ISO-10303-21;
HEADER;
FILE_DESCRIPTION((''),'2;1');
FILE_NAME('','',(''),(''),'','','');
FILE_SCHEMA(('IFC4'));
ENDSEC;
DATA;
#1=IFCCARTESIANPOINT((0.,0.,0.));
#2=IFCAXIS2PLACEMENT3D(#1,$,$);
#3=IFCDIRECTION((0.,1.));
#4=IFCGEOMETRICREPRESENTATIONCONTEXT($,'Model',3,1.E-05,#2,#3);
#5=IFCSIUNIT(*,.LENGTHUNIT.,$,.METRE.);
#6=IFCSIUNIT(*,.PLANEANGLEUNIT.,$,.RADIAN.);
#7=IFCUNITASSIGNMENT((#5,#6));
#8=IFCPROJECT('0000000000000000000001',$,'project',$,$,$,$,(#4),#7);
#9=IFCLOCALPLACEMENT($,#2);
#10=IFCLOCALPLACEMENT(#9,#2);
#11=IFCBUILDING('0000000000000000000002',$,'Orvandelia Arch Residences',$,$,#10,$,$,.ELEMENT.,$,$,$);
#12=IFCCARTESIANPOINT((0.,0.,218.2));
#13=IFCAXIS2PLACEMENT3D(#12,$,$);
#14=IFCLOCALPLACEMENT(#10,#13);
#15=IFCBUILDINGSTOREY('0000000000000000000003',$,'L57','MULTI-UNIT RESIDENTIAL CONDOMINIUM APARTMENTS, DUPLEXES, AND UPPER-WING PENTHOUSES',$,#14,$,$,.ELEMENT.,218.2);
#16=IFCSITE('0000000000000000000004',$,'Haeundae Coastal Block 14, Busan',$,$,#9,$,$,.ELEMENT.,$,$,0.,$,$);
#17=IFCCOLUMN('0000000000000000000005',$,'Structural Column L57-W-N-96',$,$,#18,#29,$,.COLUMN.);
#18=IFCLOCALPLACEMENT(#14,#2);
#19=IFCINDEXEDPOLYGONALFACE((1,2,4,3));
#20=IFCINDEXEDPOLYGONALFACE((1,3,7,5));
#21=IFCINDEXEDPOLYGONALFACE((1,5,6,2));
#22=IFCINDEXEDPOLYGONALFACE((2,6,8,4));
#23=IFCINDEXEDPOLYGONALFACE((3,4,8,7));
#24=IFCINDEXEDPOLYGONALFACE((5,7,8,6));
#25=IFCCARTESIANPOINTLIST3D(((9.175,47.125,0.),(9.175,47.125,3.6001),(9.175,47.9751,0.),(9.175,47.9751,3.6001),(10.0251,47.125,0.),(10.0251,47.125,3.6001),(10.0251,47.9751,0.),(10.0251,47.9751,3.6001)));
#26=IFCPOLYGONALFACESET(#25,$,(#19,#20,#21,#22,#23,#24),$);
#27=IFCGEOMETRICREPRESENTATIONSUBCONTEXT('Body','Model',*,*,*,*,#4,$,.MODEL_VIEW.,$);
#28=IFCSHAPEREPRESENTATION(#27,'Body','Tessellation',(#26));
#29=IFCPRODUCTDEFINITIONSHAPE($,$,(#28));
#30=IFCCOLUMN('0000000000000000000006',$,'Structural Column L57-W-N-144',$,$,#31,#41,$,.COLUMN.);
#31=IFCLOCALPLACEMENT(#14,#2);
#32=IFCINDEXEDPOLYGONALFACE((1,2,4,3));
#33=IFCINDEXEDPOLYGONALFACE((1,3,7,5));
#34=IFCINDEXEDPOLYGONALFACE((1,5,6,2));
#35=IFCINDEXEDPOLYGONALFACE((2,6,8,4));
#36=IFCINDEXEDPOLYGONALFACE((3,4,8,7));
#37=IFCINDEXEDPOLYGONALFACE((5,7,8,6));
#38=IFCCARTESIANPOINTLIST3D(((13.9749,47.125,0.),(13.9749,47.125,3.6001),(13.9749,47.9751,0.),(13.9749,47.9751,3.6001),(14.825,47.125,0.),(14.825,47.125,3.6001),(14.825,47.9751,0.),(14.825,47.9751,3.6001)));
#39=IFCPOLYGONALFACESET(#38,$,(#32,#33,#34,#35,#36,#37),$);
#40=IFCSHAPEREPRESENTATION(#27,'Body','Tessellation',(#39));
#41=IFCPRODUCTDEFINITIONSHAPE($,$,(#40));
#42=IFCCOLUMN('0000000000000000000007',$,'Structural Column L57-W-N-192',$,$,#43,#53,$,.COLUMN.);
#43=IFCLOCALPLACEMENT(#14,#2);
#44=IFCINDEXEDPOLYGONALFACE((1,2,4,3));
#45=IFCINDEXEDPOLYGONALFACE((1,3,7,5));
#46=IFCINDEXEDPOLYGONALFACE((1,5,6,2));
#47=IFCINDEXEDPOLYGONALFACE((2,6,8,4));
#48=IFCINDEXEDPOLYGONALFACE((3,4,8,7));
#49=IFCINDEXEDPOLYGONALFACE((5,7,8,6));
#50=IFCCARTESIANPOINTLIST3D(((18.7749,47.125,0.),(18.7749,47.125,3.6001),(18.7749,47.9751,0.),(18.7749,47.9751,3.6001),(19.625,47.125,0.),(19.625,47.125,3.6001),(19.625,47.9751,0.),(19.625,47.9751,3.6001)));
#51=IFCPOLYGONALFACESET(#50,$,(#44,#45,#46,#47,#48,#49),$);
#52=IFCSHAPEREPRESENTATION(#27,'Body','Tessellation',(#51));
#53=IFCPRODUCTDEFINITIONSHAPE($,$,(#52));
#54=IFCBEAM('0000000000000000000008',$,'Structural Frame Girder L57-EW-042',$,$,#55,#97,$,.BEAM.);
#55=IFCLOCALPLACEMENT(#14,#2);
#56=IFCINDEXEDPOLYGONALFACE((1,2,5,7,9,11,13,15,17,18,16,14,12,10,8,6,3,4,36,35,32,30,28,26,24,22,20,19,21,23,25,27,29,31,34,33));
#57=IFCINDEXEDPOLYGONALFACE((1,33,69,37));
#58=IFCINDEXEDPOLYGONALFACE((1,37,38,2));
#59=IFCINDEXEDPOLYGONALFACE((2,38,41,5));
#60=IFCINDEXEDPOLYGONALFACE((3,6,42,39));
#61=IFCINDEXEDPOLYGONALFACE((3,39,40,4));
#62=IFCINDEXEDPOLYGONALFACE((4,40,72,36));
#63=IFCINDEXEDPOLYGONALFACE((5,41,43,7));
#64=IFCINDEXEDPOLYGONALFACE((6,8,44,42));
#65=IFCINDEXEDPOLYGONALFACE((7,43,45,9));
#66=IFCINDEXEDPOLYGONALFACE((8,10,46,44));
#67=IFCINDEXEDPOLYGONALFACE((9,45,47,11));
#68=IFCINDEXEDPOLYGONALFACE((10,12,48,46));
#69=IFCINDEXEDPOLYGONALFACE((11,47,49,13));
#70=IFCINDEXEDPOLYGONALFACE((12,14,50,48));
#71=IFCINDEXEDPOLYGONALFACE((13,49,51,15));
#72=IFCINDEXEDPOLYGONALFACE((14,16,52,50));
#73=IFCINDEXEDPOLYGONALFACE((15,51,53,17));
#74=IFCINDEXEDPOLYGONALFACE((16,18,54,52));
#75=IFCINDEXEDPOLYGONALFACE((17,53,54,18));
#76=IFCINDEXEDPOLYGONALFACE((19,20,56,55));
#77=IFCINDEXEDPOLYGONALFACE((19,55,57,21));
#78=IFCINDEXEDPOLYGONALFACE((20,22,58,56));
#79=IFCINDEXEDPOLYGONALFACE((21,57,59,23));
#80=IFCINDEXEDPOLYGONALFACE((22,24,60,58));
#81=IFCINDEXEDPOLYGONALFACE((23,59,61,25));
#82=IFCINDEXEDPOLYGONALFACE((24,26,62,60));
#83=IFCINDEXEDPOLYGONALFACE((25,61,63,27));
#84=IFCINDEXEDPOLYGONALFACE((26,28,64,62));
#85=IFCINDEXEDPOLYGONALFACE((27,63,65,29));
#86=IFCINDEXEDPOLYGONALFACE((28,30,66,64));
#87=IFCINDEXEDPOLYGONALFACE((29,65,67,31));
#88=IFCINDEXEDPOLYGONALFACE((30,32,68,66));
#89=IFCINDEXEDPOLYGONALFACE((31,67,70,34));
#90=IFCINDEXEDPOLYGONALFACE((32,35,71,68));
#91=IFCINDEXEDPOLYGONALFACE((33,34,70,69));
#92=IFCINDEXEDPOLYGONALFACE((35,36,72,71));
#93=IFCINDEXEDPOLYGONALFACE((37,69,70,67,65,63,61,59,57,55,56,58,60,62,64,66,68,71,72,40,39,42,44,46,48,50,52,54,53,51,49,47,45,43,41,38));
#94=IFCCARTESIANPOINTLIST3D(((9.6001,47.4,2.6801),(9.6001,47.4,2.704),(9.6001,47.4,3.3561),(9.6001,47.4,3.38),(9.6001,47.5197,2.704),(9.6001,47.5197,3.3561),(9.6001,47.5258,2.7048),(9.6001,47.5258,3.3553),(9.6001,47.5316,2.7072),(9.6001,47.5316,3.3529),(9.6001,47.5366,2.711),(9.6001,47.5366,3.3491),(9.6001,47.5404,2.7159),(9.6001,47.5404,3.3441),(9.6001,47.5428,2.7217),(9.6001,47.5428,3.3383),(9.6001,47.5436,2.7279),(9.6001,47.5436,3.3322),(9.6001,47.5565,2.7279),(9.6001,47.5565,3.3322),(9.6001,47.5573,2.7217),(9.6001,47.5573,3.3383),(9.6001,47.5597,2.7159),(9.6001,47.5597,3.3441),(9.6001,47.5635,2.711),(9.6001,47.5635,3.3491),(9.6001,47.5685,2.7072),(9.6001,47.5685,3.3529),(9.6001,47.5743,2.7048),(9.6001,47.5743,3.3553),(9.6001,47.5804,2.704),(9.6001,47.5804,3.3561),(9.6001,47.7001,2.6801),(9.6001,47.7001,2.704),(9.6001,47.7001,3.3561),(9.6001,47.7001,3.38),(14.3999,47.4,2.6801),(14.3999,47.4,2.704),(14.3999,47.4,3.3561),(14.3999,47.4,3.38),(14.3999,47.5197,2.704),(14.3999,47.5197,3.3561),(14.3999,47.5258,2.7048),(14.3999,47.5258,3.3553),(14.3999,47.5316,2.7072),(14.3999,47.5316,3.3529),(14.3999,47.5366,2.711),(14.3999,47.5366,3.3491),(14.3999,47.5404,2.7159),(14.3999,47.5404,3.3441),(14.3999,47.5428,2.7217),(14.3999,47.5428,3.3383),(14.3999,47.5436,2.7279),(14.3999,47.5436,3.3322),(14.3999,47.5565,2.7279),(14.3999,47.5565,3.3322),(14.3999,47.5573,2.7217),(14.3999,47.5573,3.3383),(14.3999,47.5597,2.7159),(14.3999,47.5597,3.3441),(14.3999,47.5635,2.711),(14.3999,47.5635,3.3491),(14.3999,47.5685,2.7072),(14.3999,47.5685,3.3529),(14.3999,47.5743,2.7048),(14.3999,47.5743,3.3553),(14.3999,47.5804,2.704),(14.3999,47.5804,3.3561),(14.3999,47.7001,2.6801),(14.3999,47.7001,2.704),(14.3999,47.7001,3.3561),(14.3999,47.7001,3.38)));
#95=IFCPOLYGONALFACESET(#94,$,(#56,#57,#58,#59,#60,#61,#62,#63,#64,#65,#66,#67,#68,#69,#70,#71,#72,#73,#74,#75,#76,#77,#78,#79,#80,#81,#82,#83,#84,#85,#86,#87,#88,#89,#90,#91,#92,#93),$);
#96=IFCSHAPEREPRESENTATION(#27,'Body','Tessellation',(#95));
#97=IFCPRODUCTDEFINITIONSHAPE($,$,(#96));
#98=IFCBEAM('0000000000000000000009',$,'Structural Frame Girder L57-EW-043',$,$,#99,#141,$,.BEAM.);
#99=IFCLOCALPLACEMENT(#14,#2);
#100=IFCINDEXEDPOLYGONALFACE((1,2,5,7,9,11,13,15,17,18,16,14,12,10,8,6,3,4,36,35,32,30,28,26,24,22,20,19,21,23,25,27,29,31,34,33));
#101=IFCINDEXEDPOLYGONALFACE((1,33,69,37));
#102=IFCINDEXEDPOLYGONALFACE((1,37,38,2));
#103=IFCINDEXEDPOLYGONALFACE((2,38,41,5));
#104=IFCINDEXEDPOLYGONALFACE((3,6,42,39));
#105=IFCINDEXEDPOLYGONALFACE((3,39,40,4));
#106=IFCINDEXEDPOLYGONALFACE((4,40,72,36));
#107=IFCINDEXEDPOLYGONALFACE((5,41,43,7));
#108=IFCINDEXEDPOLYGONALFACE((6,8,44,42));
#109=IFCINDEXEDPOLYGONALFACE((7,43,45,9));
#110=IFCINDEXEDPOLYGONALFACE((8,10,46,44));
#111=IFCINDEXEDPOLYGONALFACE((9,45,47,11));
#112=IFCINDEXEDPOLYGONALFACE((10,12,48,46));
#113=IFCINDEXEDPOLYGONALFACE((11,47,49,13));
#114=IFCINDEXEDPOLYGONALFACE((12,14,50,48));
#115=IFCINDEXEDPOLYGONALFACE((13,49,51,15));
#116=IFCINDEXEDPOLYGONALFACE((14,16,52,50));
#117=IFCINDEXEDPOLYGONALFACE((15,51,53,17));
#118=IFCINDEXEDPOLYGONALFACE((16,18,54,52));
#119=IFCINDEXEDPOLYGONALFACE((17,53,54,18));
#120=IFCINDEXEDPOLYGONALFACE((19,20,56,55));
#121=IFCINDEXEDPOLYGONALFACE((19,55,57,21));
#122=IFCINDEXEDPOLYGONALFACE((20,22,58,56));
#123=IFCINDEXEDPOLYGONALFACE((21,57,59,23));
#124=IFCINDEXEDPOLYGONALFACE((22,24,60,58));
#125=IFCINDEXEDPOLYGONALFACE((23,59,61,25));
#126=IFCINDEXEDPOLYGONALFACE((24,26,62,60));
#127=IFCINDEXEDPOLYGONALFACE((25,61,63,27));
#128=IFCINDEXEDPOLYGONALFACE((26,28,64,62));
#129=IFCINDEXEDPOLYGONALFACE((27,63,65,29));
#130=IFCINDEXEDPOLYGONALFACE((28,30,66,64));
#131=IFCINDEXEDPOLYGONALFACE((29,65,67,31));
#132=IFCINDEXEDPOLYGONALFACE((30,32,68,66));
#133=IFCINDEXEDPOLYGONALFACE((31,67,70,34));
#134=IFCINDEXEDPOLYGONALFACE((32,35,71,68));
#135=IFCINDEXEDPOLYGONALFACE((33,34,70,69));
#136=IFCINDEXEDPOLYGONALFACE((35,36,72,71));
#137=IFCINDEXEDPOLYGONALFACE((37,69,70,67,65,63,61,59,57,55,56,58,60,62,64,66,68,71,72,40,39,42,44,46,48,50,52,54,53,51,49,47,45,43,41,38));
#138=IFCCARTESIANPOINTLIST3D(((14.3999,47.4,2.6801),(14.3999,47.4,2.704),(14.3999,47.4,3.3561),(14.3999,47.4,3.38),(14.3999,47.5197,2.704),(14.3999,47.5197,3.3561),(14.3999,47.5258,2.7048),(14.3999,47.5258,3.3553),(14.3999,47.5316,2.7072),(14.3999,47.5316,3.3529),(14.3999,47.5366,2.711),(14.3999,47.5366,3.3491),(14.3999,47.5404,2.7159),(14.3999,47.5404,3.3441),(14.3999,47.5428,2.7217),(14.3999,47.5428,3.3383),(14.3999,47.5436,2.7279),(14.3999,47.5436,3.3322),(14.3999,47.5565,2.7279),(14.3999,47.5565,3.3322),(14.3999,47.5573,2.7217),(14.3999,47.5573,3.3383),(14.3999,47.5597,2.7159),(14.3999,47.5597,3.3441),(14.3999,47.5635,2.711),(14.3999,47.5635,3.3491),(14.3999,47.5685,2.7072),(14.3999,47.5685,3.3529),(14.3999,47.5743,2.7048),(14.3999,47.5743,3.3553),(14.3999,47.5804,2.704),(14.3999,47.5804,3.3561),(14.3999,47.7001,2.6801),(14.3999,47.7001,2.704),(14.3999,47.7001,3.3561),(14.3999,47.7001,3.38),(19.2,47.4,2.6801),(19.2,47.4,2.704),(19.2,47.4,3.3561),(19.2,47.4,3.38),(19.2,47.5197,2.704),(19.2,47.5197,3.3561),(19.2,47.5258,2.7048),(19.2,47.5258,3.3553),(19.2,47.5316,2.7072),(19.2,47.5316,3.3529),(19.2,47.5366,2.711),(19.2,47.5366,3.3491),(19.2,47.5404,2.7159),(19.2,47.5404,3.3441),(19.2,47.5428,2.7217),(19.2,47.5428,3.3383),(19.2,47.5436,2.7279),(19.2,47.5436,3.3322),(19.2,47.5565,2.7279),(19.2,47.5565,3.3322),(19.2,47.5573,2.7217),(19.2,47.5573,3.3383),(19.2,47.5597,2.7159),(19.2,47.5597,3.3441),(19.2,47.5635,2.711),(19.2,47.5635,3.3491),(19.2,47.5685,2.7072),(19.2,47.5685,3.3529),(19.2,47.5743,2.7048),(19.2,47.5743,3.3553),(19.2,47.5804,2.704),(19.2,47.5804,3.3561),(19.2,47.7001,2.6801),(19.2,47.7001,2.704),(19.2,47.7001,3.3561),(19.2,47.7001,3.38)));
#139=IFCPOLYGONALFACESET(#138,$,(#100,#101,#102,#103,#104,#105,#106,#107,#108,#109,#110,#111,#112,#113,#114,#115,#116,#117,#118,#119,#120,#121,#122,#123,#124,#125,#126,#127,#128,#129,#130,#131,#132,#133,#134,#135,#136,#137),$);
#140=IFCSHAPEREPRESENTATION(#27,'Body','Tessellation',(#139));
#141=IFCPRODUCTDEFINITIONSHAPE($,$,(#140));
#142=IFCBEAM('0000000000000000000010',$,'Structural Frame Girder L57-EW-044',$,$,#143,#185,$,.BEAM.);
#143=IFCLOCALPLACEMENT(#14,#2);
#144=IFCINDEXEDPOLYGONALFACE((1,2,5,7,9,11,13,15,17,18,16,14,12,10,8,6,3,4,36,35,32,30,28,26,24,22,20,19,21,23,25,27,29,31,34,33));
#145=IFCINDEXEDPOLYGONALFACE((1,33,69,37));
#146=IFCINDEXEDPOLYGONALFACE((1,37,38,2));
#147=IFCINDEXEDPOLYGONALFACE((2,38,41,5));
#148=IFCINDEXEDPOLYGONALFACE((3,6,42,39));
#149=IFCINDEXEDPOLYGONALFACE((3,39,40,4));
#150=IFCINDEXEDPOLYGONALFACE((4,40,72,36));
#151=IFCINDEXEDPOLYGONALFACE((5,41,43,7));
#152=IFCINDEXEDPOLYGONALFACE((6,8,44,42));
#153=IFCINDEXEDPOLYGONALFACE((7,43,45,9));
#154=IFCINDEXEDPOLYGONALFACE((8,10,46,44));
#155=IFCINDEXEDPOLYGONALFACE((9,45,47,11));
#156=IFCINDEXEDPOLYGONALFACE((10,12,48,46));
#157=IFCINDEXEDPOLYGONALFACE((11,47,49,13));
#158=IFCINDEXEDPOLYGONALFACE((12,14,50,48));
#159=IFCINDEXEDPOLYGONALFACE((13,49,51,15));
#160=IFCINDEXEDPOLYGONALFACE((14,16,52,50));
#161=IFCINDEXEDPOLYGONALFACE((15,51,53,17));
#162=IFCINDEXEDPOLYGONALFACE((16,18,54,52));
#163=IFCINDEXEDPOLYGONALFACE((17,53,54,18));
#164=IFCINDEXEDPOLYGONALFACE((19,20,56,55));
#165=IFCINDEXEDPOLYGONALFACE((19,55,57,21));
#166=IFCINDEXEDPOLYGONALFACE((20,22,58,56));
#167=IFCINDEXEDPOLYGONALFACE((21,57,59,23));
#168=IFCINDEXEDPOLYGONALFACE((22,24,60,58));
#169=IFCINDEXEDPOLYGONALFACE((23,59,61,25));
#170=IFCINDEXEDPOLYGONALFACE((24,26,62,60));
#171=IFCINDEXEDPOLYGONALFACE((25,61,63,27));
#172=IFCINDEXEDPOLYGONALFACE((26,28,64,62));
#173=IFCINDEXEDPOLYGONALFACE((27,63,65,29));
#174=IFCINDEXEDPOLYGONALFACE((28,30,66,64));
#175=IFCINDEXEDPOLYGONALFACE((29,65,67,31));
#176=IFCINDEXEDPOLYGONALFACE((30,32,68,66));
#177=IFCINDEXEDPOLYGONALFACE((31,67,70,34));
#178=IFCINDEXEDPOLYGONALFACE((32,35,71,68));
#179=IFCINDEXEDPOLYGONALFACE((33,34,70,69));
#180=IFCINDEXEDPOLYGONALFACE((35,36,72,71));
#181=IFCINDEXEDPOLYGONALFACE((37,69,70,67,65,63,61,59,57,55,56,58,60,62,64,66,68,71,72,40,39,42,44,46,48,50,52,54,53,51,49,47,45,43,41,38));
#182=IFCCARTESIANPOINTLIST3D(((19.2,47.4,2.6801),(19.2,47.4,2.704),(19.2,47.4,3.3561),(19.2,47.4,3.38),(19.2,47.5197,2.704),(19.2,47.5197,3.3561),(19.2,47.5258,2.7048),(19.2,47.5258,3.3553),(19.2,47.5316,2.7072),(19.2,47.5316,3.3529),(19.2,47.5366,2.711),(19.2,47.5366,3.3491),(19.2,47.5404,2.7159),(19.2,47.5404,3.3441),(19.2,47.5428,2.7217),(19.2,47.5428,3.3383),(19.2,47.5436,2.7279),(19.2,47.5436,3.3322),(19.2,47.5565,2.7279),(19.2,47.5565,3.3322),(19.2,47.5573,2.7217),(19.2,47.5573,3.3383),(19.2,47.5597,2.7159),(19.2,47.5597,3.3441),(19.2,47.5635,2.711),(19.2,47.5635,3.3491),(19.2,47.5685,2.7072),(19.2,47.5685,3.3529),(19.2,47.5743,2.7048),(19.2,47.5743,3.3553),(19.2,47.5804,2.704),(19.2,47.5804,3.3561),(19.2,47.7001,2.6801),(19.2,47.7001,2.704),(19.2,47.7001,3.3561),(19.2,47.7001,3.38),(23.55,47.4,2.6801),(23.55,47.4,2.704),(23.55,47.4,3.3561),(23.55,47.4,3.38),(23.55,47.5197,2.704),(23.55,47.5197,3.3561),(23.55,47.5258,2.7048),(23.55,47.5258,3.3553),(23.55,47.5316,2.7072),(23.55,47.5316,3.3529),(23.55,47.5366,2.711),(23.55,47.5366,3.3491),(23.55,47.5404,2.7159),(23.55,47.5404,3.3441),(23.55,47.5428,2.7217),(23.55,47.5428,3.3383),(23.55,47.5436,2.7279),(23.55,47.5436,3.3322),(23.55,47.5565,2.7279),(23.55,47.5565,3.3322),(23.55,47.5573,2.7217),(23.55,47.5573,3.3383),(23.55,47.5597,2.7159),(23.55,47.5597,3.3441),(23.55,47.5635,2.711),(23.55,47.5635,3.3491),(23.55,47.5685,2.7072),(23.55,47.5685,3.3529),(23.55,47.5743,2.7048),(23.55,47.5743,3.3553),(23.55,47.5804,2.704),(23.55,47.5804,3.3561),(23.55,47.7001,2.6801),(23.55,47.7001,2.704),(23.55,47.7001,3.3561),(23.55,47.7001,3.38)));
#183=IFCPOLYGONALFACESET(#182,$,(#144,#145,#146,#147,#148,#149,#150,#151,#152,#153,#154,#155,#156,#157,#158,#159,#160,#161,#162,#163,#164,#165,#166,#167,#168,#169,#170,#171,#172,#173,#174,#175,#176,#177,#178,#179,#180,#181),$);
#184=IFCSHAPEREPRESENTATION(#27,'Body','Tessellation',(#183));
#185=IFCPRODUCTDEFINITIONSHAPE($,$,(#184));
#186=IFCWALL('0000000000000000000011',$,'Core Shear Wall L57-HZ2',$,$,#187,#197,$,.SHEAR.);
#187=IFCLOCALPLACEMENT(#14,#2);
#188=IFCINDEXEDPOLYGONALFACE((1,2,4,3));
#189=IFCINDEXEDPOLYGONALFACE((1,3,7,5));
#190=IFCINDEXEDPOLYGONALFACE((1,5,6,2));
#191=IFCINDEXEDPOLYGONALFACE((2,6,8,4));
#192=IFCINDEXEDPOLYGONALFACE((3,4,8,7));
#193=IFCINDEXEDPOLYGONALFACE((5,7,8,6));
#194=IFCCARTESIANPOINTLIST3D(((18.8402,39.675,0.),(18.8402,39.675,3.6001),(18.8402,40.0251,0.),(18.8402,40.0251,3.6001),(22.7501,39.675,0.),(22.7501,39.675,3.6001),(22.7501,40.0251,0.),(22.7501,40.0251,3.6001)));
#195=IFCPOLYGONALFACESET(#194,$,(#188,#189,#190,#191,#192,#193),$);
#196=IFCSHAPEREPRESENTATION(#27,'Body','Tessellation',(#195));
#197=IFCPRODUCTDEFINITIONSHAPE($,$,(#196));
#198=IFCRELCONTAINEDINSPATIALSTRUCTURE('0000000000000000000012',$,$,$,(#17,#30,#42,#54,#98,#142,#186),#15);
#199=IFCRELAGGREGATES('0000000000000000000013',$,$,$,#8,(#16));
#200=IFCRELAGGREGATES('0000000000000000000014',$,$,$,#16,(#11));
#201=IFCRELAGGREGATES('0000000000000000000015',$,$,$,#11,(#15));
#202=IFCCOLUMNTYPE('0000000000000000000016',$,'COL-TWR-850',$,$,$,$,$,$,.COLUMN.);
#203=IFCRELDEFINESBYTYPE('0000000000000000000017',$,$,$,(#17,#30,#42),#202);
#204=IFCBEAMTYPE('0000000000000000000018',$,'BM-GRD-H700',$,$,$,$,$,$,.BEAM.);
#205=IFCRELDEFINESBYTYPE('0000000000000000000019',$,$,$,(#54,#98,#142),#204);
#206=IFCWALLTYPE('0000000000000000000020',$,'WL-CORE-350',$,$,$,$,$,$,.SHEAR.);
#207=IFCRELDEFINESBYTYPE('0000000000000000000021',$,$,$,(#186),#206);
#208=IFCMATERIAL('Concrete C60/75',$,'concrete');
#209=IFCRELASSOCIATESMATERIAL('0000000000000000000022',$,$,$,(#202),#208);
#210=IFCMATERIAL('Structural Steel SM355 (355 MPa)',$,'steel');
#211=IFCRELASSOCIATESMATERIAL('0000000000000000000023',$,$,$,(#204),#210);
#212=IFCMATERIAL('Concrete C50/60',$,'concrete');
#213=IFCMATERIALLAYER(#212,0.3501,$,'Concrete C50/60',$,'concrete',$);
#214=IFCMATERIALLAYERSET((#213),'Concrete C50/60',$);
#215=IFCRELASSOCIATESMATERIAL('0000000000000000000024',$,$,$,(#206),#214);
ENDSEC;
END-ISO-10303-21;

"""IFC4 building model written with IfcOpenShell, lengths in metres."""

from ifc_helpers import new_model, si_unit, direction, frame, frame_2d, origin, origin_2d, place, context, subcontext, project, spatial, rectangle, i_section, extrude, material, layer, layer_set, material_profile, profile_set, type_object, element, save


model = new_model("IFC4")

# Units and contexts
model_context = context("Model", 3, precision=1e-05, world=origin(), true_north=direction((0.0, 1.0)))
body_context = subcontext(model_context, "Body", "Model", "MODEL_VIEW")
ifc_project = project(units=[si_unit("LENGTHUNIT", "METRE"), si_unit("PLANEANGLEUNIT", "RADIAN")], contexts=[model_context])

# Site, building, storey
site_placement = place(None, origin())
site = spatial("IfcSite", under=ifc_project, at=site_placement, Name="Haeundae Coastal Block 14, Busan", CompositionType="ELEMENT", RefElevation=0.0)
building_placement = place(site_placement, origin())
building = spatial("IfcBuilding", under=site, at=building_placement, Name="Orvandelia Arch Residences", CompositionType="ELEMENT")
storey_placement = place(building_placement, frame((0.0, 0.0, 218.2)))
storey = spatial("IfcBuildingStorey", under=building, at=storey_placement, Name="L57", Description="MULTI-UNIT RESIDENTIAL CONDOMINIUM APARTMENTS, DUPLEXES, AND UPPER-WING PENTHOUSES", CompositionType="ELEMENT", Elevation=218.2)

# Columns
ifc_material_1 = material(Name="Concrete C60/75", Category="concrete")
ifc_material_profile_1 = material_profile(ifc_material_1, rectangle(XDim=0.8501, YDim=0.8501, at=origin_2d()), Name="Concrete C60/75", Category="concrete")
ifc_profile_set_1 = profile_set([ifc_material_profile_1], Name="Concrete C60/75")
column_type = type_object("IfcColumnType", Name="COL-TWR-850", PredefinedType="COLUMN", material=ifc_profile_set_1)
for number, where, z_axis, x_axis, name in (
    (1, (9.6001, 47.55, 0.0), (0.0, 0.0, 1.0), (1.0, 0.0, 0.0), "Structural Column L57-W-N-96"),
    (2, (14.3999, 47.55, 0.0), (0.0, 0.0, 1.0), (1.0, 0.0, 0.0), "Structural Column L57-W-N-144"),
    (3, (19.2, 47.55, 0.0), (0.0, 0.0, 1.0), (1.0, 0.0, 0.0), "Structural Column L57-W-N-192"),
):
    element("IfcColumn", number, at=place(storey_placement, frame(where, z_axis=z_axis, x_axis=x_axis)), inside=storey, type_object=column_type, Name=name, PredefinedType="COLUMN", context=body_context, shape_type="SweptSolid", body=[
        extrude(rectangle(XDim=0.8501, YDim=0.8501, at=origin_2d()), origin(), (0.0, 0.0, 1.0), 3.6001),
    ])

# Beams
ifc_material_2 = material(Name="Structural Steel SM355 (355 MPa)", Category="steel")
ifc_material_profile_2 = material_profile(ifc_material_2, i_section(OverallWidth=0.3, OverallDepth=0.7, WebThickness=0.0129, FlangeThickness=0.0239, FilletRadius=0.0239, at=origin_2d()), Name="Structural Steel SM355 (355 MPa)", Category="steel")
ifc_profile_set_2 = profile_set([ifc_material_profile_2], Name="Structural Steel SM355 (355 MPa)")
beam_type = type_object("IfcBeamType", Name="BM-GRD-H700", PredefinedType="BEAM", material=ifc_profile_set_2)
beam_1_placement = place(storey_placement, frame((9.6001, 47.55, 3.03), z_axis=(1.0, 0.0, 0.0), x_axis=(0.0, 1.0, 0.0)))
element("IfcBeam", 4, at=beam_1_placement, inside=storey, type_object=beam_type, Name="Structural Frame Girder L57-EW-042", PredefinedType="BEAM", context=body_context, shape_type="SweptSolid", body=[
    extrude(i_section(OverallWidth=0.3, OverallDepth=0.7, WebThickness=0.0129, FlangeThickness=0.0239, FilletRadius=0.0239, at=origin_2d()), origin(), (0.0, 0.0, 1.0), 4.7998),
])
beam_2_placement = place(storey_placement, frame((14.3999, 47.55, 3.03), z_axis=(1.0, 0.0, 0.0), x_axis=(0.0, 1.0, 0.0)))
element("IfcBeam", 5, at=beam_2_placement, inside=storey, type_object=beam_type, Name="Structural Frame Girder L57-EW-043", PredefinedType="BEAM", context=body_context, shape_type="SweptSolid", body=[
    extrude(i_section(OverallWidth=0.3, OverallDepth=0.7, WebThickness=0.0129, FlangeThickness=0.0239, FilletRadius=0.0239, at=origin_2d()), origin(), (0.0, 0.0, 1.0), 4.8),
])
beam_3_placement = place(storey_placement, frame((19.2, 47.55, 3.03), z_axis=(1.0, 0.0, 0.0), x_axis=(0.0, 1.0, 0.0)))
element("IfcBeam", 6, at=beam_3_placement, inside=storey, type_object=beam_type, Name="Structural Frame Girder L57-EW-044", PredefinedType="BEAM", context=body_context, shape_type="SweptSolid", body=[
    extrude(i_section(OverallWidth=0.3, OverallDepth=0.7, WebThickness=0.0129, FlangeThickness=0.0239, FilletRadius=0.0239, at=origin_2d()), origin(), (0.0, 0.0, 1.0), 4.3501),
])

# Wall
ifc_material_3 = material(Name="Concrete C50/60", Category="concrete")
ifc_layer_1 = layer(ifc_material_3, 0.3501, Name="Concrete C50/60", Category="concrete")
ifc_layer_set_1 = layer_set([ifc_layer_1], Name="Concrete C50/60")
wall_type_1 = type_object("IfcWallType", Name="WL-CORE-350", PredefinedType="SHEAR", material=ifc_layer_set_1)
wall_1_placement = place(storey_placement, frame((18.8401, 39.8501, 0.0), z_axis=(0.0, 0.0, 1.0), x_axis=(1.0, 0.0, 0.0)))
element("IfcWall", 7, at=wall_1_placement, inside=storey, type_object=wall_type_1, Name="Core Shear Wall L57-HZ2", PredefinedType="SHEAR", context=body_context, shape_type="SweptSolid", body=[
    extrude(rectangle(XDim=3.9099, YDim=0.3501, at=frame_2d((1.9551, 0.0))), origin(), (0.0, 0.0, 1.0), 3.6001),
])

save(model, "model.ifc")
